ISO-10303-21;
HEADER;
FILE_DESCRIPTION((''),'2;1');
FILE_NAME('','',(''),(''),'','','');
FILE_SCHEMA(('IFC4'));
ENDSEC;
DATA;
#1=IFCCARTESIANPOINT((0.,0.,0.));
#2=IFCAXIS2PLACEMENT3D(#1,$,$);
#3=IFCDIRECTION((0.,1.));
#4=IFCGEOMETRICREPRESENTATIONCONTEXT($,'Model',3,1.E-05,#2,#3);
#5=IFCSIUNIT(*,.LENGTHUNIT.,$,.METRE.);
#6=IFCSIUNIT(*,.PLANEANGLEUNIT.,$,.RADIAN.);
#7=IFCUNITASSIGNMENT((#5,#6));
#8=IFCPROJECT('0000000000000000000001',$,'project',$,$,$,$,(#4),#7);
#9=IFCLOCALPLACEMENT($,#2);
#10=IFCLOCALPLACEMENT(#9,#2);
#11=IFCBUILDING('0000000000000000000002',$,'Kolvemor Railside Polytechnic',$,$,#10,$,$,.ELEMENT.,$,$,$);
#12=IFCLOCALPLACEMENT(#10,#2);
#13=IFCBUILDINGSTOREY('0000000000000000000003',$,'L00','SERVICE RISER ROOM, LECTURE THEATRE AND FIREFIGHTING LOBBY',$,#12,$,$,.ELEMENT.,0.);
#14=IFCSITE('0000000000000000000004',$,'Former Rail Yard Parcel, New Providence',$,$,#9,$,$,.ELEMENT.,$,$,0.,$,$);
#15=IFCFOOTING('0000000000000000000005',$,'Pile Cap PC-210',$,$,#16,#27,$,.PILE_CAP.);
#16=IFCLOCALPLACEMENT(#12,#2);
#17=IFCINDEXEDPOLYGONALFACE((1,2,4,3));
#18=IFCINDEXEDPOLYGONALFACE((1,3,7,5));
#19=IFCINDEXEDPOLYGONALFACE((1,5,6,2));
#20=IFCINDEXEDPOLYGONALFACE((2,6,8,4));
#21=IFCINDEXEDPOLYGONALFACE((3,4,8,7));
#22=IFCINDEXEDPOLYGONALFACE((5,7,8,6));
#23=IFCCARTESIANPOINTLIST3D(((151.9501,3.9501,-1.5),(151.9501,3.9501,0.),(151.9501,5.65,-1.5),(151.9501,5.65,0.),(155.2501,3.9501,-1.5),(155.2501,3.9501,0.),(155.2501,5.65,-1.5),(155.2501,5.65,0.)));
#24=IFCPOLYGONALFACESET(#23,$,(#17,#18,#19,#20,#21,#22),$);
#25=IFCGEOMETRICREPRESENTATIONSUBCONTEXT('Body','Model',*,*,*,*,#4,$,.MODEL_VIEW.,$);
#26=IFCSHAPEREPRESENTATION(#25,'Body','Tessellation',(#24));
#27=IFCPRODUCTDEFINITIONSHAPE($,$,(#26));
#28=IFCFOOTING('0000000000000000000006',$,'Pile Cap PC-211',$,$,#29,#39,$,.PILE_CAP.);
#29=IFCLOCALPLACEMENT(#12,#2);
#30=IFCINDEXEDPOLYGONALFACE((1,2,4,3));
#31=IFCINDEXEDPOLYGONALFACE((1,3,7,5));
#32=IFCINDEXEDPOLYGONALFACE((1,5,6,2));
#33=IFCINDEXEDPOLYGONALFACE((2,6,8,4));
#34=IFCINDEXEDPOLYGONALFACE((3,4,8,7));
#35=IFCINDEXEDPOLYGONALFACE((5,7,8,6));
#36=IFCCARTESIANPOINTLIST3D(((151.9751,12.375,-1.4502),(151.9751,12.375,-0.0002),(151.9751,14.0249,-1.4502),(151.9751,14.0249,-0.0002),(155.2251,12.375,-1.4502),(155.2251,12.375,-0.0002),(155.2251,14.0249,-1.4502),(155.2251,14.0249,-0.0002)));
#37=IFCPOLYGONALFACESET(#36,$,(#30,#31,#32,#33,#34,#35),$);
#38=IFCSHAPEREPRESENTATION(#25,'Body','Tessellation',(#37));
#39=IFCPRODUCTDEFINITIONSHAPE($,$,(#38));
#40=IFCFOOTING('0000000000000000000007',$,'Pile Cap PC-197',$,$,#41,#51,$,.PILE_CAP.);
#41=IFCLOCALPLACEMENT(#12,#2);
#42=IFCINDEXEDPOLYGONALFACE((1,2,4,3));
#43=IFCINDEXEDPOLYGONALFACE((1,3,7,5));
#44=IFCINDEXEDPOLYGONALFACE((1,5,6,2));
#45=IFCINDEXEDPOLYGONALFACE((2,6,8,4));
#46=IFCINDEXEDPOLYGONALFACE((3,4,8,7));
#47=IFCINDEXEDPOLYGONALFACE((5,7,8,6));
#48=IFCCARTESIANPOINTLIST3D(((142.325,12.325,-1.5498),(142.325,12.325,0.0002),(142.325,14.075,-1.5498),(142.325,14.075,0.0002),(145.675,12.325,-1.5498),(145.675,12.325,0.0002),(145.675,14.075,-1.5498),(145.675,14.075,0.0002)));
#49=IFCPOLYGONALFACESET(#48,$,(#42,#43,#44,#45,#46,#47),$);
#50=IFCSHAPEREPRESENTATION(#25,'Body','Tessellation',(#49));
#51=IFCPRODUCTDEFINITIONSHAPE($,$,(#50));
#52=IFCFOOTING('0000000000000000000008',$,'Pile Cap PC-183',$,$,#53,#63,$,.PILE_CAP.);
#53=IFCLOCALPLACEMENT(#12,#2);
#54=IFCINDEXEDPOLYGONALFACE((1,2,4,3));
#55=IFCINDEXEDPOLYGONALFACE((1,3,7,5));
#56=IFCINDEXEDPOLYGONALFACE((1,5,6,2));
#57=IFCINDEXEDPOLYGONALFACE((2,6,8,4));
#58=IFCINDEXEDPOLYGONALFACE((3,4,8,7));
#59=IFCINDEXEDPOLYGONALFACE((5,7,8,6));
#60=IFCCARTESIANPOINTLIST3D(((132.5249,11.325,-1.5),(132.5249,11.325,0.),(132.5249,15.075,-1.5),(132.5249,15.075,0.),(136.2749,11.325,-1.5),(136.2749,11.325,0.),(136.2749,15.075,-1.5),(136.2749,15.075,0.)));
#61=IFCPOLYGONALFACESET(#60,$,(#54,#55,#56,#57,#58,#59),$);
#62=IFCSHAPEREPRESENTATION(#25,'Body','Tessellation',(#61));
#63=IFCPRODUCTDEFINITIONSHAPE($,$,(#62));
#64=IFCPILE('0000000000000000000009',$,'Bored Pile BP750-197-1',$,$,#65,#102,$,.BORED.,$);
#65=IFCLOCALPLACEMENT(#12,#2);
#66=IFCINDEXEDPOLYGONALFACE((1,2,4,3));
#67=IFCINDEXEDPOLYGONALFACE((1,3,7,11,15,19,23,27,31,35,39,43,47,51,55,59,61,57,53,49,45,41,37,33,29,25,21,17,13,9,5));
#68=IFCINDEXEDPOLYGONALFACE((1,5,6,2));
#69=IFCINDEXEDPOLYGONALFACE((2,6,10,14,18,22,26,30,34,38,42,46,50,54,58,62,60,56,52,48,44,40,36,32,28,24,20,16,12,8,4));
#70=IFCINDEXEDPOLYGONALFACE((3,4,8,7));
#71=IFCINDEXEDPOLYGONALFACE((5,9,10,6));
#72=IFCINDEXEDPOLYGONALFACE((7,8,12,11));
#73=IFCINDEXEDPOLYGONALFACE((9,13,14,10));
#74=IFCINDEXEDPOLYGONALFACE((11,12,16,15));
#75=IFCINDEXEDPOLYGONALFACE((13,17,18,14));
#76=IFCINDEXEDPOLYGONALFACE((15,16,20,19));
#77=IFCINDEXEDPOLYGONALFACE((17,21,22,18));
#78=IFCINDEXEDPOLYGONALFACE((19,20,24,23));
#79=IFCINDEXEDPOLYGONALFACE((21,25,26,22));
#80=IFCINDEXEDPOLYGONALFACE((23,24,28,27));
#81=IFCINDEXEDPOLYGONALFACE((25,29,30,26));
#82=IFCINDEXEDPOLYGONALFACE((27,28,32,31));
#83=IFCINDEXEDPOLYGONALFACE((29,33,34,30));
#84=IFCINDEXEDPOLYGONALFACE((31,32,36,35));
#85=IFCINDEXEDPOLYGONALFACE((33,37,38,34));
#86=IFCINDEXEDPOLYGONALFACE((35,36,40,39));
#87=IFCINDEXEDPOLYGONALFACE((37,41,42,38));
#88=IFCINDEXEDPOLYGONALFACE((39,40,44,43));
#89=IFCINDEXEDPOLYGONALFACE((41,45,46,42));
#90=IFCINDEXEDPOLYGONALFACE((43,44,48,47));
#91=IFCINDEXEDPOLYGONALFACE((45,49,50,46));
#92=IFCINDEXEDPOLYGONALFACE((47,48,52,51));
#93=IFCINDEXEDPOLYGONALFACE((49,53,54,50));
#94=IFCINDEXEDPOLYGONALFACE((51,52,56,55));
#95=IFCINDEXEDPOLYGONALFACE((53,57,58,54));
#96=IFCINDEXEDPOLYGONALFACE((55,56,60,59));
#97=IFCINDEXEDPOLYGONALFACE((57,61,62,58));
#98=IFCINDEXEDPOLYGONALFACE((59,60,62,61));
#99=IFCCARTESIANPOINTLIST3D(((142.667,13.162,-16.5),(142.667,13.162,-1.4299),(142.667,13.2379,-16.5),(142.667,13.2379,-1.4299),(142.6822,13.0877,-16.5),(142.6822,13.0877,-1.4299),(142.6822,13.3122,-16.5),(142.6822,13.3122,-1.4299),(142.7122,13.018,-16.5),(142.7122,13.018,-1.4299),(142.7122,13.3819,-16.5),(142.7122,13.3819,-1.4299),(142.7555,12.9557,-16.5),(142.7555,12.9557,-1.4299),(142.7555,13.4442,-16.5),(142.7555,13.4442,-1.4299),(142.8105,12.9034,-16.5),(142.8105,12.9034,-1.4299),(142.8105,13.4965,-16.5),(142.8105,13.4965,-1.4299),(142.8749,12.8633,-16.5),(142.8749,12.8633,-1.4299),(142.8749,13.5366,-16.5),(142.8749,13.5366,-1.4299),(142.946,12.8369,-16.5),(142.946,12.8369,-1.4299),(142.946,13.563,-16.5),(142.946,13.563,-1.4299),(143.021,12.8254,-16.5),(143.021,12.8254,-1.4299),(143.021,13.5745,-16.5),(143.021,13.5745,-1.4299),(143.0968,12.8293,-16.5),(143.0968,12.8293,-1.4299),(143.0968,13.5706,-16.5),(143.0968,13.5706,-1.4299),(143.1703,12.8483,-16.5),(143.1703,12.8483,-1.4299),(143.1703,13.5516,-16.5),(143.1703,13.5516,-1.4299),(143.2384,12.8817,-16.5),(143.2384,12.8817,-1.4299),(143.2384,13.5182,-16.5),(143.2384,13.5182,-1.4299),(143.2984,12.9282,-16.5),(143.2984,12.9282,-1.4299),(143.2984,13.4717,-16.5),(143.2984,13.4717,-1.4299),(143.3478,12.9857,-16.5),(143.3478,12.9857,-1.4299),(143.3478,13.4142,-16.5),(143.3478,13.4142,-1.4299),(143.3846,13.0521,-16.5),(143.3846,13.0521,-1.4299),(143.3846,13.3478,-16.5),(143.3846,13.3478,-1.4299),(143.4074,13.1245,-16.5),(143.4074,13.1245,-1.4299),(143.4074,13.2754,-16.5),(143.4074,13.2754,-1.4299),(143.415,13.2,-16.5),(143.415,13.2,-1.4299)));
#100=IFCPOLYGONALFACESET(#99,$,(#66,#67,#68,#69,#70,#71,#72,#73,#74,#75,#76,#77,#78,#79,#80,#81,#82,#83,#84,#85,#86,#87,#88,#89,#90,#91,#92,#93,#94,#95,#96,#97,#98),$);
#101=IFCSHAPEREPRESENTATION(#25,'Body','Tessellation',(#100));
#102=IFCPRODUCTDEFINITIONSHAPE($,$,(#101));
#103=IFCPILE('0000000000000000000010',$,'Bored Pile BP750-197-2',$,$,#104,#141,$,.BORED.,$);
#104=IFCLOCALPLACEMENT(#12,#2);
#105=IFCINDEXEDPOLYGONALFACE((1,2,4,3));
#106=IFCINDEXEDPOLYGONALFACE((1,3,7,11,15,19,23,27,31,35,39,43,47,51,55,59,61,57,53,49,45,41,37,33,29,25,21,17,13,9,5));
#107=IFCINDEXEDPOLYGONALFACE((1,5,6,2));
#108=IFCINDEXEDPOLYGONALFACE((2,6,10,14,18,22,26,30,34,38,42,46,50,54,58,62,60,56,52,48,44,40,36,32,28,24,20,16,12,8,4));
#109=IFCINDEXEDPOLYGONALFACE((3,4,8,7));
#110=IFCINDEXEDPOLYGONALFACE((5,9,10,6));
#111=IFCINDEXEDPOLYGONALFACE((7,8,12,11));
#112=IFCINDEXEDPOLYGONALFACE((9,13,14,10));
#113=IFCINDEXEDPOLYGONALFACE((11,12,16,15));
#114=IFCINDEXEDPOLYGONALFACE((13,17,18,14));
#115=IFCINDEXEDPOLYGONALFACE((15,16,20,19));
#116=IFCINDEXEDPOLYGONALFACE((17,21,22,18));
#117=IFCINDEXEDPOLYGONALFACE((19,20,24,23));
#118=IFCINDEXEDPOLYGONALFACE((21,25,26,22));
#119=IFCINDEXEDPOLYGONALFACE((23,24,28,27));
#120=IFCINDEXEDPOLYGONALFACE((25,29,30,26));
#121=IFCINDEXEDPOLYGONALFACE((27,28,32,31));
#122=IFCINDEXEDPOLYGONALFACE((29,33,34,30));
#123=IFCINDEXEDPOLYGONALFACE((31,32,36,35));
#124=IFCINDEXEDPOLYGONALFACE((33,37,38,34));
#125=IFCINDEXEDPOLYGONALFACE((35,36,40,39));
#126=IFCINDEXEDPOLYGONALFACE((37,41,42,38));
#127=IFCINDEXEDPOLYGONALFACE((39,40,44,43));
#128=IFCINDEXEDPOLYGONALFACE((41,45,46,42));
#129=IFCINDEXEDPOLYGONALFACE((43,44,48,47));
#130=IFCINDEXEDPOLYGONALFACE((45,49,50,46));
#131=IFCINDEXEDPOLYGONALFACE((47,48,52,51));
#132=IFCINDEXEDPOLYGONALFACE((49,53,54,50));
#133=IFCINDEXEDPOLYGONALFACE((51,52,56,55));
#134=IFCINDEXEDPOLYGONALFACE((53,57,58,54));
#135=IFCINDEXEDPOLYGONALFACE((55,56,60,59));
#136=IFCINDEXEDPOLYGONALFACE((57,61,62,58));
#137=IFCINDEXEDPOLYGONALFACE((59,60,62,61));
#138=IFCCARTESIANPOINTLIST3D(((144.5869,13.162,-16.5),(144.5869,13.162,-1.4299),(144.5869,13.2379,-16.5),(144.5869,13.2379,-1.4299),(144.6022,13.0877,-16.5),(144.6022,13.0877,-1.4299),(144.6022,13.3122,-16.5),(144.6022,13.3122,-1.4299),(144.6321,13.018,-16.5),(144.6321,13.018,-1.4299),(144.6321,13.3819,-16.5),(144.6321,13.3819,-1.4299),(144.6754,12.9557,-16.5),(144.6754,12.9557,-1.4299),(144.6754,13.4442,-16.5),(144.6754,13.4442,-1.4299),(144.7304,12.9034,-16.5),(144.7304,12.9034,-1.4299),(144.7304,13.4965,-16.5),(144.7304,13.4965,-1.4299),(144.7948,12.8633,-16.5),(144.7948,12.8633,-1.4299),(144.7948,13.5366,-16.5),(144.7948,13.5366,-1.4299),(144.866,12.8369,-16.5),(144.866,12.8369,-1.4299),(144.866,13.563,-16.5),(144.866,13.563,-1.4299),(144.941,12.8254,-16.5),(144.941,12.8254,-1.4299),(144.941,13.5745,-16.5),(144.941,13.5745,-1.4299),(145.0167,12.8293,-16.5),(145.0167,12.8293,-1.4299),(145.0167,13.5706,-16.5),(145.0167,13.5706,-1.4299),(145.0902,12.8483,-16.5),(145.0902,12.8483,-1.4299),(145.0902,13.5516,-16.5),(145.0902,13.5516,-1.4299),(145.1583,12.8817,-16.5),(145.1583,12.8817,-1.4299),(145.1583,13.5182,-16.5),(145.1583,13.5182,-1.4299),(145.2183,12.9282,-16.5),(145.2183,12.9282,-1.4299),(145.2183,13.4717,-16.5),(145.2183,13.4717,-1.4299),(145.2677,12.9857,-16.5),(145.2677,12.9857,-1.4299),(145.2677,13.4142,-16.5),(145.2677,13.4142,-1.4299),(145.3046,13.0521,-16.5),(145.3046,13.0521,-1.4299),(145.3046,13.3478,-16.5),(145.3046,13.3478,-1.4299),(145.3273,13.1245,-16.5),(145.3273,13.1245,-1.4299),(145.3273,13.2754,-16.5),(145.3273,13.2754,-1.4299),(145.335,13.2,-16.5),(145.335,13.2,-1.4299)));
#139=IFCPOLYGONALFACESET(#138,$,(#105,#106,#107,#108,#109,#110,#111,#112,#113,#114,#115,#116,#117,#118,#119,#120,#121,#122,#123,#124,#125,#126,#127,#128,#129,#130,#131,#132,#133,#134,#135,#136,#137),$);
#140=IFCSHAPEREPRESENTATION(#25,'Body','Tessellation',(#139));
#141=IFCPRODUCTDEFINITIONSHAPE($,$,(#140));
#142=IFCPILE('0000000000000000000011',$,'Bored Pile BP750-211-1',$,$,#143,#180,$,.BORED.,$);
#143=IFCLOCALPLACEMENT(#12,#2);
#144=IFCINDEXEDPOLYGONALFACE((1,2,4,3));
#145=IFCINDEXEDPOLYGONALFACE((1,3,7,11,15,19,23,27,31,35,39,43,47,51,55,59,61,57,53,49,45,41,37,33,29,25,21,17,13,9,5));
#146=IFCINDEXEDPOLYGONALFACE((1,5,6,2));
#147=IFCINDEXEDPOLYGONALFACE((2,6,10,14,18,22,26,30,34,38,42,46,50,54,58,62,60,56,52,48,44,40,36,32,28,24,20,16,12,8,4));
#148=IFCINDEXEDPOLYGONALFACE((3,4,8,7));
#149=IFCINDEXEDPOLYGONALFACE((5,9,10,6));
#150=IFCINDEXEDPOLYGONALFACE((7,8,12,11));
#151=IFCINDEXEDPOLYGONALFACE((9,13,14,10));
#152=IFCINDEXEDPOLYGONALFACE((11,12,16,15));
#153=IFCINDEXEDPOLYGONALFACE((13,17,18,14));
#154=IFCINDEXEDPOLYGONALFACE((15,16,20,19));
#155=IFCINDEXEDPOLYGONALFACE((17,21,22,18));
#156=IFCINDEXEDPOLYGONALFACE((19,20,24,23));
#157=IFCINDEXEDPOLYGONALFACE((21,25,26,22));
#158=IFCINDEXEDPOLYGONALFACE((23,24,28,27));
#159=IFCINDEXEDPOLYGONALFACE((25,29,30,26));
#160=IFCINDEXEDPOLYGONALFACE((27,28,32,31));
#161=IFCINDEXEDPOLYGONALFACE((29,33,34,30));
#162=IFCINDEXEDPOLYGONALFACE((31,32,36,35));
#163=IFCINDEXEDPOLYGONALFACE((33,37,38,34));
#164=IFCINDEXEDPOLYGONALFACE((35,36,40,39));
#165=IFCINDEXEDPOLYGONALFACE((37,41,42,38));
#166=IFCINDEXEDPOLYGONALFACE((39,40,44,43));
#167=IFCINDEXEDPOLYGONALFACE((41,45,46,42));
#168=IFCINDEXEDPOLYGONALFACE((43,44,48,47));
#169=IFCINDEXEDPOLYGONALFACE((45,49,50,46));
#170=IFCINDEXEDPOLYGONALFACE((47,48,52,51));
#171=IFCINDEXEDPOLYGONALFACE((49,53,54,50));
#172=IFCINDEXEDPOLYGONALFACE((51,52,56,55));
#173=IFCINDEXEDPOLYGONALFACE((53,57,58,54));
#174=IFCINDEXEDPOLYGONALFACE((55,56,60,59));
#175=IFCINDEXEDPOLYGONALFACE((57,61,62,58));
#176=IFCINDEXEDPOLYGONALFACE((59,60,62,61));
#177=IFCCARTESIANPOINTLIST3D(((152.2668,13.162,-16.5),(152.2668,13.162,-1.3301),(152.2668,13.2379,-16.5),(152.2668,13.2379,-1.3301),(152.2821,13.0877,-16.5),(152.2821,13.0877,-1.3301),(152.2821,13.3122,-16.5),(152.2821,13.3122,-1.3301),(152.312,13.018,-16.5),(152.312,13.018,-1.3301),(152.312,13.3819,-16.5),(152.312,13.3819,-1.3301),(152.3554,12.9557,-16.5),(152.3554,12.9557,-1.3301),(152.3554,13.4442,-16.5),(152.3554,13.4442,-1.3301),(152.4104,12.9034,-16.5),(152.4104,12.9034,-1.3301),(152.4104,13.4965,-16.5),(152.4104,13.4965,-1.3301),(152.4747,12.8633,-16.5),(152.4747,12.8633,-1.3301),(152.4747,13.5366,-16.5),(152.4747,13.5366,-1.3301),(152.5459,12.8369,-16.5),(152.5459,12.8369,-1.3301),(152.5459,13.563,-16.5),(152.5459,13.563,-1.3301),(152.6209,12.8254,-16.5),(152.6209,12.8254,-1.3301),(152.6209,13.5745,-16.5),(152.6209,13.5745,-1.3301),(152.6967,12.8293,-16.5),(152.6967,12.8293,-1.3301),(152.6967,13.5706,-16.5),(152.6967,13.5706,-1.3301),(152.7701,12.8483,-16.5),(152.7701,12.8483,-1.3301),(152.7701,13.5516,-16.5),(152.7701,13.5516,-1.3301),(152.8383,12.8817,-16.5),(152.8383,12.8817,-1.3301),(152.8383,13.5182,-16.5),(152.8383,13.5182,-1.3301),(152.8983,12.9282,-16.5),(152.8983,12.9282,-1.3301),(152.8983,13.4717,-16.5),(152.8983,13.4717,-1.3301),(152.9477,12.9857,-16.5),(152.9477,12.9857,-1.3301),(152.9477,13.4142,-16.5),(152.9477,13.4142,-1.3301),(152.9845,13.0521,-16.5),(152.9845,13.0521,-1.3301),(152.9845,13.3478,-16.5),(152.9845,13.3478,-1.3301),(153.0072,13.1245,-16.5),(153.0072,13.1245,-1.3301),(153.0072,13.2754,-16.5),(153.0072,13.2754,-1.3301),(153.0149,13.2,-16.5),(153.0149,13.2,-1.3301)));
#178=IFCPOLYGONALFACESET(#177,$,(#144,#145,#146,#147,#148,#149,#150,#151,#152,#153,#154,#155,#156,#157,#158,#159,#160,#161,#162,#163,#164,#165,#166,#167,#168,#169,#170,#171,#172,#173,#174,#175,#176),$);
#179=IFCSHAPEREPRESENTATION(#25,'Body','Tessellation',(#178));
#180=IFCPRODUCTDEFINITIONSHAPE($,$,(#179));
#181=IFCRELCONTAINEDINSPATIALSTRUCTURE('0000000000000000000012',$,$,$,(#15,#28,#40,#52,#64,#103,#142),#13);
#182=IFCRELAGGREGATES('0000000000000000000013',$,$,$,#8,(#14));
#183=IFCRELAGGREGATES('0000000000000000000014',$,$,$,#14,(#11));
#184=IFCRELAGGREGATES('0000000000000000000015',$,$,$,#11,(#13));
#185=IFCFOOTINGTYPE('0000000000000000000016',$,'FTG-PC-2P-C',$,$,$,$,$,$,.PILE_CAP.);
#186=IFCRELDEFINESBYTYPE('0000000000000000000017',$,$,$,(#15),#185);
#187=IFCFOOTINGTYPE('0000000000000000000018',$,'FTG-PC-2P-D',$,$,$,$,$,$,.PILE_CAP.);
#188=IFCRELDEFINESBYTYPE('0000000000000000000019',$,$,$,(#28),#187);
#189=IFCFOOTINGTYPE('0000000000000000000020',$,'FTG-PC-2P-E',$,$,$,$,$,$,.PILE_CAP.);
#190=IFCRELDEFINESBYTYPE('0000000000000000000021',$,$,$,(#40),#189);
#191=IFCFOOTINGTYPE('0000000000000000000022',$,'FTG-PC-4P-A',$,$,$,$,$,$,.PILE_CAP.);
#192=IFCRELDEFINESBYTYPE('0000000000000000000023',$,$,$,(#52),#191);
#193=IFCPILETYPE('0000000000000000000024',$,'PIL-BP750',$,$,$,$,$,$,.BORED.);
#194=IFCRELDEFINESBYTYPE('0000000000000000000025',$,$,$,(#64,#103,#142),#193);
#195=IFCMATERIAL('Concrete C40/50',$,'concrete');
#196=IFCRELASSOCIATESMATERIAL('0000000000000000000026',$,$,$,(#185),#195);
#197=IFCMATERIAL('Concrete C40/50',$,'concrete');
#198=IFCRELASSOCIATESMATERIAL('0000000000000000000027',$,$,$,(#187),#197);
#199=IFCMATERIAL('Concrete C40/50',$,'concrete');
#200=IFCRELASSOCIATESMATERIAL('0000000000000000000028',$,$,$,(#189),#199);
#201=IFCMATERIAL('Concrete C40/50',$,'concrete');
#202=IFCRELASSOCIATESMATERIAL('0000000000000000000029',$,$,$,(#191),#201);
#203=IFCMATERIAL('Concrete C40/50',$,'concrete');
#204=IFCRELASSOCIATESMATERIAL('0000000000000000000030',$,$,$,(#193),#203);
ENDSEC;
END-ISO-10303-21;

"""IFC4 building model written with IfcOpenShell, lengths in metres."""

from ifc_helpers import new_model, si_unit, direction, frame, origin, origin_2d, place, context, subcontext, project, spatial, rectangle, circle, extrude, material, material_profile, profile_set, type_object, element, save


model = new_model("IFC4")

# Units and contexts
model_context = context("Model", 3, precision=1e-05, world=origin(), true_north=direction((0.0, 1.0)))
body_context = subcontext(model_context, "Body", "Model", "MODEL_VIEW")
ifc_project = project(units=[si_unit("LENGTHUNIT", "METRE"), si_unit("PLANEANGLEUNIT", "RADIAN")], contexts=[model_context])

# Site, building, storey
site_placement = place(None, origin())
site = spatial("IfcSite", under=ifc_project, at=site_placement, Name="Former Rail Yard Parcel, New Providence", CompositionType="ELEMENT", RefElevation=0.0)
building_placement = place(site_placement, origin())
building = spatial("IfcBuilding", under=site, at=building_placement, Name="Kolvemor Railside Polytechnic", CompositionType="ELEMENT")
storey_placement = place(building_placement, origin())
storey = spatial("IfcBuildingStorey", under=building, at=storey_placement, Name="L00", Description="SERVICE RISER ROOM, LECTURE THEATRE AND FIREFIGHTING LOBBY", CompositionType="ELEMENT", Elevation=0.0)

# Footings
ifc_material_1 = material(Name="Concrete C40/50", Category="concrete")
footing_type_1 = type_object("IfcFootingType", Name="FTG-PC-2P-C", PredefinedType="PILE_CAP", material=ifc_material_1)
footing_1_placement = place(storey_placement, frame((153.6001, 4.8, -1.5), z_axis=(0.0, 0.0, 1.0), x_axis=(1.0, 0.0, 0.0)))
element("IfcFooting", 1, at=footing_1_placement, inside=storey, type_object=footing_type_1, Name="Pile Cap PC-210", PredefinedType="PILE_CAP", context=body_context, shape_type="SweptSolid", body=[
    extrude(rectangle(XDim=3.3, YDim=1.7, at=origin_2d()), origin(), (0.0, 0.0, 1.0), 1.5),
])
ifc_material_2 = material(Name="Concrete C40/50", Category="concrete")
footing_type_2 = type_object("IfcFootingType", Name="FTG-PC-2P-D", PredefinedType="PILE_CAP", material=ifc_material_2)
footing_2_placement = place(storey_placement, frame((153.6001, 13.2, -1.4502), z_axis=(0.0, 0.0, 1.0), x_axis=(1.0, 0.0, 0.0)))
element("IfcFooting", 2, at=footing_2_placement, inside=storey, type_object=footing_type_2, Name="Pile Cap PC-211", PredefinedType="PILE_CAP", context=body_context, shape_type="SweptSolid", body=[
    extrude(rectangle(XDim=3.25, YDim=1.6499, at=origin_2d()), origin(), (0.0, 0.0, 1.0), 1.45),
])
ifc_material_3 = material(Name="Concrete C40/50", Category="concrete")
footing_type_3 = type_object("IfcFootingType", Name="FTG-PC-2P-E", PredefinedType="PILE_CAP", material=ifc_material_3)
footing_3_placement = place(storey_placement, frame((144.0, 13.2, -1.5498), z_axis=(0.0, 0.0, 1.0), x_axis=(1.0, 0.0, 0.0)))
element("IfcFooting", 3, at=footing_3_placement, inside=storey, type_object=footing_type_3, Name="Pile Cap PC-197", PredefinedType="PILE_CAP", context=body_context, shape_type="SweptSolid", body=[
    extrude(rectangle(XDim=3.3501, YDim=1.75, at=origin_2d()), origin(), (0.0, 0.0, 1.0), 1.55),
])
ifc_material_4 = material(Name="Concrete C40/50", Category="concrete")
footing_type_4 = type_object("IfcFootingType", Name="FTG-PC-4P-A", PredefinedType="PILE_CAP", material=ifc_material_4)
footing_4_placement = place(storey_placement, frame((134.3999, 13.2, -1.5), z_axis=(0.0, 0.0, 1.0), x_axis=(1.0, 0.0, 0.0)))
element("IfcFooting", 4, at=footing_4_placement, inside=storey, type_object=footing_type_4, Name="Pile Cap PC-183", PredefinedType="PILE_CAP", context=body_context, shape_type="SweptSolid", body=[
    extrude(rectangle(XDim=3.75, YDim=3.75, at=origin_2d()), origin(), (0.0, 0.0, 1.0), 1.5),
])

# Piles
ifc_material_5 = material(Name="Concrete C40/50", Category="concrete")
ifc_material_profile_1 = material_profile(ifc_material_5, circle(Radius=0.375, at=origin_2d()), Name="BP750")
ifc_profile_set_1 = profile_set([ifc_material_profile_1], Name="Concrete C40/50")
pile_type_1 = type_object("IfcPileType", Name="PIL-BP750", PredefinedType="BORED", material=ifc_profile_set_1)
for number, where, z_axis, x_axis, name in (
    (5, (143.04, 13.2, -1.4299), (0.0, 0.0, -1.0), (1.0, 0.0, 0.0), "Bored Pile BP750-197-1"),
    (6, (144.96, 13.2, -1.4299), (0.0, 0.0, -1.0), (1.0, 0.0, 0.0), "Bored Pile BP750-197-2"),
):
    element("IfcPile", number, at=place(storey_placement, frame(where, z_axis=z_axis, x_axis=x_axis)), inside=storey, type_object=pile_type_1, Name=name, PredefinedType="BORED", context=body_context, shape_type="SweptSolid", body=[
        extrude(circle(Radius=0.375, at=origin_2d()), origin(), (0.0, 0.0, 1.0), 15.0701),
    ])
pile_1_placement = place(storey_placement, frame((152.6399, 13.2, -1.3301), z_axis=(0.0, 0.0, -1.0), x_axis=(1.0, 0.0, 0.0)))
element("IfcPile", 7, at=pile_1_placement, inside=storey, type_object=pile_type_1, Name="Bored Pile BP750-211-1", PredefinedType="BORED", context=body_context, shape_type="SweptSolid", body=[
    extrude(circle(Radius=0.375, at=origin_2d()), origin(), (0.0, 0.0, 1.0), 15.1699),
])

save(model, "model.ifc")
